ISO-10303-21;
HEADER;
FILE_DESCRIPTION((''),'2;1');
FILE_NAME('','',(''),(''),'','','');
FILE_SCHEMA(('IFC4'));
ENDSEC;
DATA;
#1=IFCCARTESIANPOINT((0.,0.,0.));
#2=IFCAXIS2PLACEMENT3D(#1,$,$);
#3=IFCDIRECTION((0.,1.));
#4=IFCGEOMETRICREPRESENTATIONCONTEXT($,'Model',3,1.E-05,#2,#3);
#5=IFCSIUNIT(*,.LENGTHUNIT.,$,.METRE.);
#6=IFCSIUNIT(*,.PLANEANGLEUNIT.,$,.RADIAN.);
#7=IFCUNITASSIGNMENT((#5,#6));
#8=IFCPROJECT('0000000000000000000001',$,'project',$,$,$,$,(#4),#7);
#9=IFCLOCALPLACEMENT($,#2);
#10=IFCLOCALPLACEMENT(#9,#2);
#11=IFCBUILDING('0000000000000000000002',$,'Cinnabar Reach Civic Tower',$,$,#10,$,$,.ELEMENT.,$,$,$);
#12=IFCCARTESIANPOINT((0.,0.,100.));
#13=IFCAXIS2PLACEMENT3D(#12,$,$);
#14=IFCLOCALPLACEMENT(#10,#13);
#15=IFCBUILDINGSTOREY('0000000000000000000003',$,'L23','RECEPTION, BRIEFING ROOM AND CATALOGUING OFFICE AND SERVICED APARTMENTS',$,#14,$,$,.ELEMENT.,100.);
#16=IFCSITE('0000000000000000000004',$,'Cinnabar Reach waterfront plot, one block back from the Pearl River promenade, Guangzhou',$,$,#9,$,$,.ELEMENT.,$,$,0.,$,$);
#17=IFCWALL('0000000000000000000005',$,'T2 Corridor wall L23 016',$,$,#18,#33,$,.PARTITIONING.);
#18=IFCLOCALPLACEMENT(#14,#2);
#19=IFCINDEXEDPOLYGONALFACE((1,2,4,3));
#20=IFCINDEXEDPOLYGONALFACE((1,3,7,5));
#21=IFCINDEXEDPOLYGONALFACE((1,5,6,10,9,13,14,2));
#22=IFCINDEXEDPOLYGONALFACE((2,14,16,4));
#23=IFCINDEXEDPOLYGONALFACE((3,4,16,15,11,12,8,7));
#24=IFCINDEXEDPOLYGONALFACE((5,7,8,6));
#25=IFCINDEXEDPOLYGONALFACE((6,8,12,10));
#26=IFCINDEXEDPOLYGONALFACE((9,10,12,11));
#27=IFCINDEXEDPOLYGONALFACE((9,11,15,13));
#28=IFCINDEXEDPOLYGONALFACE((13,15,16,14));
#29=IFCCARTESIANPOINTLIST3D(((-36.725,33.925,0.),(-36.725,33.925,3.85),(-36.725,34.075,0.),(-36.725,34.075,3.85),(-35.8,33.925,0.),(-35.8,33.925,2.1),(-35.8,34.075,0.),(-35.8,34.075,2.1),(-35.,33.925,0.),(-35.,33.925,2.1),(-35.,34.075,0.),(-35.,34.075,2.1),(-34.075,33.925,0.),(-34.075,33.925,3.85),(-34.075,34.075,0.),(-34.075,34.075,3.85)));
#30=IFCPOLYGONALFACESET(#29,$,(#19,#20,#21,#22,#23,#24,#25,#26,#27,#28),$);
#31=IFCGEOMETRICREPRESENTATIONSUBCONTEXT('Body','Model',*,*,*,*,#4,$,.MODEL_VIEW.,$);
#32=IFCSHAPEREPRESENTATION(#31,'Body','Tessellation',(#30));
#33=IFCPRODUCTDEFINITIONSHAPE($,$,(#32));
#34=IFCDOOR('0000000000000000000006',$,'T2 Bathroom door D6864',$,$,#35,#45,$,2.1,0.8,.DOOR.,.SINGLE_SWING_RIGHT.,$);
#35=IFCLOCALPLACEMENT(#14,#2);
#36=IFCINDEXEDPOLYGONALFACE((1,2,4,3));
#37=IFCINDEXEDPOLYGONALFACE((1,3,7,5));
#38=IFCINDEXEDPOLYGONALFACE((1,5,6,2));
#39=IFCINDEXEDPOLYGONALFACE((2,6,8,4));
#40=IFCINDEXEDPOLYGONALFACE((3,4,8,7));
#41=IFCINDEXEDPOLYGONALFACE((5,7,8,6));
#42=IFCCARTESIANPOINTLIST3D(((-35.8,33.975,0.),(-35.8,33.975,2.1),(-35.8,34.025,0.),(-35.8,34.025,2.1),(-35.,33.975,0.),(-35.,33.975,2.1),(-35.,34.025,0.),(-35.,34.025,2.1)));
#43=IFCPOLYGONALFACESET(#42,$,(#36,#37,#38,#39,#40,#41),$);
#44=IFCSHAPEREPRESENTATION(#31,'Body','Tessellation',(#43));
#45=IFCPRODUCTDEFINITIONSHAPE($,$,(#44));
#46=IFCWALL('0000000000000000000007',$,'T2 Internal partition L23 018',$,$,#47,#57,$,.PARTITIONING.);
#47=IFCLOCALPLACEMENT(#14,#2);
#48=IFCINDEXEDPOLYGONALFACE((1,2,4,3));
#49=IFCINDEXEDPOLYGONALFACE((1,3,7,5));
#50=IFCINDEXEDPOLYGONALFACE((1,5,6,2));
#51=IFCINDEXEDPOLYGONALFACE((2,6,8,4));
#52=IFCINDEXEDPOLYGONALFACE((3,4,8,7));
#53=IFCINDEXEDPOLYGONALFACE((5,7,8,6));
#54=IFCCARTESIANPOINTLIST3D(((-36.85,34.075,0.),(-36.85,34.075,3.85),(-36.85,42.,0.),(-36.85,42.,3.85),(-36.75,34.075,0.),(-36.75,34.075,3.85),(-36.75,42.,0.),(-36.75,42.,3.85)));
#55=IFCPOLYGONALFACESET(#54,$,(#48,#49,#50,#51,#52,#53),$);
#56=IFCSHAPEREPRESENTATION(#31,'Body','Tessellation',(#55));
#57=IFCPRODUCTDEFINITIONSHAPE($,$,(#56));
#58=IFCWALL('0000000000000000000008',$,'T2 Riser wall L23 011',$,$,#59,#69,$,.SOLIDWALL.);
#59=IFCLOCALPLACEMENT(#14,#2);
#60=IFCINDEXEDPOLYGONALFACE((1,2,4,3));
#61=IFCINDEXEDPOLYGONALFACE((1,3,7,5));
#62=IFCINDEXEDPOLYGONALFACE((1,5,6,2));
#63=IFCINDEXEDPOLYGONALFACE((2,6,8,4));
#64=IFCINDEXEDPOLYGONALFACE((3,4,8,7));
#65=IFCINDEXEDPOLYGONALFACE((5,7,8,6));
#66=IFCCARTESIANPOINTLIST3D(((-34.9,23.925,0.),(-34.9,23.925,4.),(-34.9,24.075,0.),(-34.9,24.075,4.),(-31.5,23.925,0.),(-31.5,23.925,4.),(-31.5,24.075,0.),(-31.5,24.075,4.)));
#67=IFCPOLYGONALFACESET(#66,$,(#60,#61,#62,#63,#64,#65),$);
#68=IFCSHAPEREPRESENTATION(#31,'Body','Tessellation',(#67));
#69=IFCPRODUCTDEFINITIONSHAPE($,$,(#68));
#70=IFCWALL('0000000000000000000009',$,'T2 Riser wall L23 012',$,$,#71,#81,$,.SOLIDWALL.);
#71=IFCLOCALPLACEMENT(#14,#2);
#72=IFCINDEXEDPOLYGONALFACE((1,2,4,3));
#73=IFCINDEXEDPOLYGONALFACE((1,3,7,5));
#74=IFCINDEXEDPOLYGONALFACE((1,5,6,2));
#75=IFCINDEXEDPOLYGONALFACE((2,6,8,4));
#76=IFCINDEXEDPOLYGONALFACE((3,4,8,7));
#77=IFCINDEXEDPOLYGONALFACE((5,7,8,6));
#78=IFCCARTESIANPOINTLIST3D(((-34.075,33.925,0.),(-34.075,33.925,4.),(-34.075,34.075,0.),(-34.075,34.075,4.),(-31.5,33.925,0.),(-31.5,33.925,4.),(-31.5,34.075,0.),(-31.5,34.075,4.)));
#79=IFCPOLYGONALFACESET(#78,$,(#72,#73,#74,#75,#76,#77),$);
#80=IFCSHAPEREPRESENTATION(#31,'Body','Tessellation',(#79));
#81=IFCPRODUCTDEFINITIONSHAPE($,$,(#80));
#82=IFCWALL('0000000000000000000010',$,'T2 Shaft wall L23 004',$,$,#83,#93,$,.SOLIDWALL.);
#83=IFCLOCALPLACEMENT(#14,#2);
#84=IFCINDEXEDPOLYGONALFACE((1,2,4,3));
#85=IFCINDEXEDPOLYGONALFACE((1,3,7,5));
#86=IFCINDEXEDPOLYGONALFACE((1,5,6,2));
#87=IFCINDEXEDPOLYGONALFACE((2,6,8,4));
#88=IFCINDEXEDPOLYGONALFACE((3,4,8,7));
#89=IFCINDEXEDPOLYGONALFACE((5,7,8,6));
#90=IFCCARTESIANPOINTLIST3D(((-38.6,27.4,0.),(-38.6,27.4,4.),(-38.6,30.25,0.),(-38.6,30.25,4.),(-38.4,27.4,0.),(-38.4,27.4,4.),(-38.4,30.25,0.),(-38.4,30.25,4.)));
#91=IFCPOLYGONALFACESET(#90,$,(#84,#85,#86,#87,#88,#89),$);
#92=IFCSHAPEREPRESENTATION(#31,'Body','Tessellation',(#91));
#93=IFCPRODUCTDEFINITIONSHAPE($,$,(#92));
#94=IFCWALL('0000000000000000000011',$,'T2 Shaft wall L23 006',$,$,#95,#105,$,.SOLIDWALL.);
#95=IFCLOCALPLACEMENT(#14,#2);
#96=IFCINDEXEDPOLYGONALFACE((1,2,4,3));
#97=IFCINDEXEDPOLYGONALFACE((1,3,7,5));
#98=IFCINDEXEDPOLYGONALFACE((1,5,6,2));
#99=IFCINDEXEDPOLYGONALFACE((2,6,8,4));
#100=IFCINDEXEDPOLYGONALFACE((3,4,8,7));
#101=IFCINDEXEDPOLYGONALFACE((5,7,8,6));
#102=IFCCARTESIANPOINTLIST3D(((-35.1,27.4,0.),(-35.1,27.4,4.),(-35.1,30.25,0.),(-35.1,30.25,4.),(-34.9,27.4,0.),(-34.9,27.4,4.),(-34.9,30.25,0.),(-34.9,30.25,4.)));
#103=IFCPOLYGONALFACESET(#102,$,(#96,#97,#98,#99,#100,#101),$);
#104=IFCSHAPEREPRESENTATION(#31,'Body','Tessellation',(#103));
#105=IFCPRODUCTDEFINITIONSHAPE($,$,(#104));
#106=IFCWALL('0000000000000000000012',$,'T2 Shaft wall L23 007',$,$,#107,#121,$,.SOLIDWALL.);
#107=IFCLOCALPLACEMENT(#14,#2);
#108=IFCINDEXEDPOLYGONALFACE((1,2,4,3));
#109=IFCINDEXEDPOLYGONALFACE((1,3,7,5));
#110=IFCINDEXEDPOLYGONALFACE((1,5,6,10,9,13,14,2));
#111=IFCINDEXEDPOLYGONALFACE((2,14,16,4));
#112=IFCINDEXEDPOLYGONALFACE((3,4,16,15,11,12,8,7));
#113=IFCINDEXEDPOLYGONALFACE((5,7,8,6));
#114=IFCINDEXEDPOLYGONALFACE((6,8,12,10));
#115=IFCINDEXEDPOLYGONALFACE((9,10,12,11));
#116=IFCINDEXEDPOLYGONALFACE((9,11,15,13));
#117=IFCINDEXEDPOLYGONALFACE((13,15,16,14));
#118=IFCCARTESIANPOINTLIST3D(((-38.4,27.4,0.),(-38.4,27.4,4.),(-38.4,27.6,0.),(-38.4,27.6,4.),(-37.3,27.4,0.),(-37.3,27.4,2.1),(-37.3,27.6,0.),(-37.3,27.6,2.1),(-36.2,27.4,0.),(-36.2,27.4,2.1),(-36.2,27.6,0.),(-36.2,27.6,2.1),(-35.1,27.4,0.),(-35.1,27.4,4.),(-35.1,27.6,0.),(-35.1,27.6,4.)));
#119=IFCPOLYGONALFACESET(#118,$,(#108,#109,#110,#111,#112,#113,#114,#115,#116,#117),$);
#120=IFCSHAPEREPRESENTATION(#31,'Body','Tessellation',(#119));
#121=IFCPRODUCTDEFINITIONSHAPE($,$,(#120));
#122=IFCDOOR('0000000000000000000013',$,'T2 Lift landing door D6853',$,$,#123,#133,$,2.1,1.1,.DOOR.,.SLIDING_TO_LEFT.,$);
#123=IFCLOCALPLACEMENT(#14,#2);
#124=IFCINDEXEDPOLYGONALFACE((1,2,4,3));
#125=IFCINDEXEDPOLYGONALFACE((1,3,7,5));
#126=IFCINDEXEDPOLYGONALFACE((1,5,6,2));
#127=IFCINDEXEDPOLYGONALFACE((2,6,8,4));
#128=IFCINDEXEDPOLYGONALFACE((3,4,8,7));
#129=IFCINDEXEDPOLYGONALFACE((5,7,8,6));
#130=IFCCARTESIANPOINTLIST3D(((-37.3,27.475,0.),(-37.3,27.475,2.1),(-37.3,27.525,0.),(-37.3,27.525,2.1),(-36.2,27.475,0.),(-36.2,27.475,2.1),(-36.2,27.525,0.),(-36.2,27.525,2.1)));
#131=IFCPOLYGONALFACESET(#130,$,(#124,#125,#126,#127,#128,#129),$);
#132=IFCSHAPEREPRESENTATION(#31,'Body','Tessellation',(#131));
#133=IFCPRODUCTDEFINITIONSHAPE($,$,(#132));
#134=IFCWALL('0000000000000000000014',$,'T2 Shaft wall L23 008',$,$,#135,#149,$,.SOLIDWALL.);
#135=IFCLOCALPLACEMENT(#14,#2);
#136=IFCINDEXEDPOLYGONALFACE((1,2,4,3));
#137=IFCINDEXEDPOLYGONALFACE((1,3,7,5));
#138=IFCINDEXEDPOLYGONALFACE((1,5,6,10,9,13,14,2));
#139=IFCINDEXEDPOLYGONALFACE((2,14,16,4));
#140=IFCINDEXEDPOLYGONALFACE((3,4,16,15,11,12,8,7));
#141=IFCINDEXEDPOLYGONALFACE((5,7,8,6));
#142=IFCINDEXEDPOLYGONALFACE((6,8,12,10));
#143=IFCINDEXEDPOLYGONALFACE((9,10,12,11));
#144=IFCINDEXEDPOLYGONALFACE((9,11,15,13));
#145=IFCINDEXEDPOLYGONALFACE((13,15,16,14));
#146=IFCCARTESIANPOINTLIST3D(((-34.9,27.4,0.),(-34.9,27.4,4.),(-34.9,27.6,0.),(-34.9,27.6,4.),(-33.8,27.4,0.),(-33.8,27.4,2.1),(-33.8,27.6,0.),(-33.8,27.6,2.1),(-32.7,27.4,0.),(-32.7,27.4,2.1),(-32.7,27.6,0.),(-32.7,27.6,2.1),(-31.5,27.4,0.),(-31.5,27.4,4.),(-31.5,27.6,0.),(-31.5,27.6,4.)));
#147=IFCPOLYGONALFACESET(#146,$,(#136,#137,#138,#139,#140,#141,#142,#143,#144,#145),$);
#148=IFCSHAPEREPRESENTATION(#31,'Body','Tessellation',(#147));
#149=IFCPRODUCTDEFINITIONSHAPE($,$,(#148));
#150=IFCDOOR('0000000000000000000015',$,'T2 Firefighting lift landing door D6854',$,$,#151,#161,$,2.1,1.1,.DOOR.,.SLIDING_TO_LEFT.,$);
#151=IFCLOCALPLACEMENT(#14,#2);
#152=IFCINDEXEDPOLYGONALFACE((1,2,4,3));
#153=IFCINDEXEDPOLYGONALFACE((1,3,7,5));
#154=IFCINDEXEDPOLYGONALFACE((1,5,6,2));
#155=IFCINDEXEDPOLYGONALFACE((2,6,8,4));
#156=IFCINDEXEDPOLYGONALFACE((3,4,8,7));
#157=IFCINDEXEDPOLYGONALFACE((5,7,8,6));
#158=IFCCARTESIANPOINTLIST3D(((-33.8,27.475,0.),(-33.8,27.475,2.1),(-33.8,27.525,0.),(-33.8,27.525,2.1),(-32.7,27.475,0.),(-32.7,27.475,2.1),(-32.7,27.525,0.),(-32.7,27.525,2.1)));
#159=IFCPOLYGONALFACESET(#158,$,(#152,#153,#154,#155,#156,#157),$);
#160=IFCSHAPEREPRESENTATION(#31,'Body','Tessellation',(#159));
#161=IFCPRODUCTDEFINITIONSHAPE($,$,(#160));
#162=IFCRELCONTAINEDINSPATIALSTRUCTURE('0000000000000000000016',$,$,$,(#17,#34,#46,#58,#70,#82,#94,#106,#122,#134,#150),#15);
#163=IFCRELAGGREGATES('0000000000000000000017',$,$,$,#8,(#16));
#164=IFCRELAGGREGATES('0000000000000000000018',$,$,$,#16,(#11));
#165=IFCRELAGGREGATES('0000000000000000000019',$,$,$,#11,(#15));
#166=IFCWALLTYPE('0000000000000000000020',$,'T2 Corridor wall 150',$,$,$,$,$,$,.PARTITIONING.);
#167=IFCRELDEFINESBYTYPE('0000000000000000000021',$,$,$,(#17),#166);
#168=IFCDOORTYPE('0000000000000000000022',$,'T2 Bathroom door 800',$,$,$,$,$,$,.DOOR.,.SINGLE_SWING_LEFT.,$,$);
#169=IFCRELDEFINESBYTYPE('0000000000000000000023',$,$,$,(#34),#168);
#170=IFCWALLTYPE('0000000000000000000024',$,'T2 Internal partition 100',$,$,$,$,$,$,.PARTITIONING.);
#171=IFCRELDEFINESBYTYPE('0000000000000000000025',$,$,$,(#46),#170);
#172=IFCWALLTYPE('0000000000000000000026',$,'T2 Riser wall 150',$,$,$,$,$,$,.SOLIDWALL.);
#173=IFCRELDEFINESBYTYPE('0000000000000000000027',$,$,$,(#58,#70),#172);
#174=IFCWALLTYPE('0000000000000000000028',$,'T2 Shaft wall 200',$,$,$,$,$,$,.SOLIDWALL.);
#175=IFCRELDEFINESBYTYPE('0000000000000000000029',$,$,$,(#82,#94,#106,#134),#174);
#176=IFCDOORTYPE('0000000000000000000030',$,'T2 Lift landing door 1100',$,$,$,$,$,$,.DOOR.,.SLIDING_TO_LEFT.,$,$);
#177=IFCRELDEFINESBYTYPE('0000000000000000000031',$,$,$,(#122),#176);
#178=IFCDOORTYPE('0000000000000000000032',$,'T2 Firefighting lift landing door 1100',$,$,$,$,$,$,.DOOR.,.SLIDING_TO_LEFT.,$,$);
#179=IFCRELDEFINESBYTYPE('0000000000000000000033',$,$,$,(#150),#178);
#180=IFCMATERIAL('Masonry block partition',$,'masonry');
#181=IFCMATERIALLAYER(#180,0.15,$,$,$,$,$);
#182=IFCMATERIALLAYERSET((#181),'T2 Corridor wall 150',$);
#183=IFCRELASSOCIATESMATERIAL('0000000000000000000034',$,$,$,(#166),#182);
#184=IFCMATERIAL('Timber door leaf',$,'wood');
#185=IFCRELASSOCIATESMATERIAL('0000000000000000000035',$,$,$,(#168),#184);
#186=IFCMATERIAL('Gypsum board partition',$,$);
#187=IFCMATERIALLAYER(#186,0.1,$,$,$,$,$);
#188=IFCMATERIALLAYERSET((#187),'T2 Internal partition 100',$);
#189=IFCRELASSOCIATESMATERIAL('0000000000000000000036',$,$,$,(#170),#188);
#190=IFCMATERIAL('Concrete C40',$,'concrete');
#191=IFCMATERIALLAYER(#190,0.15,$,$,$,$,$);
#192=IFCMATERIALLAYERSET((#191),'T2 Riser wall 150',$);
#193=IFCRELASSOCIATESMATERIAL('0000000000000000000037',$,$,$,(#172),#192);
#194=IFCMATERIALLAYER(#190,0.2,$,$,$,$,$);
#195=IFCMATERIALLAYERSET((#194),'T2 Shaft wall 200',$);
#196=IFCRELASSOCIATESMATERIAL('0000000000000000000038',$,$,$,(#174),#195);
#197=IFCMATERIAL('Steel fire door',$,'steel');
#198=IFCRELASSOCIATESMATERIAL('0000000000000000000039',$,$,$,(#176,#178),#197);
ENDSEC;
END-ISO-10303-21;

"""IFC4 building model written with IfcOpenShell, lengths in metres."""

from ifc_helpers import new_model, si_unit, direction, frame, frame_2d, origin, place, context, subcontext, project, spatial, rectangle, extrude, material, layer, layer_set, type_object, element, fill, save


model = new_model("IFC4")

# Units and contexts
model_context = context("Model", 3, precision=1e-05, world=origin(), true_north=direction((0.0, 1.0)))
body_context = subcontext(model_context, "Body", "Model", "MODEL_VIEW")
ifc_project = project(units=[si_unit("LENGTHUNIT", "METRE"), si_unit("PLANEANGLEUNIT", "RADIAN")], contexts=[model_context])

# Site, building, storey
site_placement = place(None, origin())
site = spatial("IfcSite", under=ifc_project, at=site_placement, Name="Cinnabar Reach waterfront plot, one block back from the Pearl River promenade, Guangzhou", CompositionType="ELEMENT", RefElevation=0.0)
building_placement = place(site_placement, origin())
building = spatial("IfcBuilding", under=site, at=building_placement, Name="Cinnabar Reach Civic Tower", CompositionType="ELEMENT")
storey_placement = place(building_placement, frame((0.0, 0.0, 100.0)))
storey = spatial("IfcBuildingStorey", under=building, at=storey_placement, Name="L23", Description="RECEPTION, BRIEFING ROOM AND CATALOGUING OFFICE AND SERVICED APARTMENTS", CompositionType="ELEMENT", Elevation=100.0)

# Wall, opening, door
ifc_material_1 = material(Name="Steel fire door", Category="steel")
ifc_material_2 = material(Name="Masonry block partition", Category="masonry")
ifc_layer_1 = layer(ifc_material_2, 0.15)
ifc_layer_set_1 = layer_set([ifc_layer_1], Name="T2 Corridor wall 150")
wall_type_1 = type_object("IfcWallType", Name="T2 Corridor wall 150", PredefinedType="PARTITIONING", material=ifc_layer_set_1)
ifc_material_3 = material(Name="Timber door leaf", Category="wood")
door_type_1 = type_object("IfcDoorType", Name="T2 Bathroom door 800", OperationType="SINGLE_SWING_LEFT", PredefinedType="DOOR", material=ifc_material_3)
wall_1_placement = place(storey_placement, frame((-34.075, 34.0, 0.0), z_axis=(0.0, 0.0, 1.0), x_axis=(-1.0, 0.0, 0.0)))
wall_1 = element("IfcWall", 1, at=wall_1_placement, inside=storey, type_object=wall_type_1, Name="T2 Corridor wall L23 016", PredefinedType="PARTITIONING", context=body_context, shape_type="SweptSolid", body=[
    extrude(rectangle(XDim=2.65, YDim=0.15, at=frame_2d((1.325, 0.0))), origin(), (0.0, 0.0, 1.0), 3.85),
])
opening_1_placement = place(wall_1_placement, frame((0.925, 0.0, 0.0)))
opening_1 = element("IfcOpeningElement", 2, at=opening_1_placement, cuts=wall_1, PredefinedType="OPENING", context=body_context, shape_type="SweptSolid", body=[
    extrude(rectangle(XDim=0.8, YDim=2.1, at=frame_2d((0.4, 1.05))), frame((0.0, 0.085, 0.0), z_axis=(0.0, -1.0, 0.0), x_axis=(1.0, 0.0, 0.0)), (0.0, 0.0, 1.0), 0.17),
])
door_1_placement = place(opening_1_placement, frame((0.8, 0.0, 0.0), z_axis=(0.0, 0.0, 1.0), x_axis=(-1.0, 0.0, 0.0)))
door_1 = element("IfcDoor", 3, at=door_1_placement, inside=storey, type_object=door_type_1, Name="T2 Bathroom door D6864", OperationType="SINGLE_SWING_RIGHT", OverallHeight=2.1, OverallWidth=0.8, PredefinedType="DOOR", context=body_context, shape_type="SweptSolid", body=[
    extrude(rectangle(XDim=0.8, YDim=2.1, at=frame_2d((0.4, 1.05))), frame((0.0, 0.025, 0.0), z_axis=(0.0, -1.0, 0.0), x_axis=(1.0, 0.0, 0.0)), (0.0, 0.0, 1.0), 0.05),
])
fill(opening_1, door_1)

# Walls
ifc_material_4 = material(Name="Gypsum board partition")
ifc_layer_2 = layer(ifc_material_4, 0.1)
ifc_layer_set_2 = layer_set([ifc_layer_2], Name="T2 Internal partition 100")
wall_type_2 = type_object("IfcWallType", Name="T2 Internal partition 100", PredefinedType="PARTITIONING", material=ifc_layer_set_2)
wall_2_placement = place(storey_placement, frame((-36.8, 34.075, 0.0), z_axis=(0.0, 0.0, 1.0), x_axis=(0.0, 1.0, 0.0)))
element("IfcWall", 4, at=wall_2_placement, inside=storey, type_object=wall_type_2, Name="T2 Internal partition L23 018", PredefinedType="PARTITIONING", context=body_context, shape_type="SweptSolid", body=[
    extrude(rectangle(XDim=7.925, YDim=0.1, at=frame_2d((3.9625, 0.0))), origin(), (0.0, 0.0, 1.0), 3.85),
])
ifc_material_5 = material(Name="Concrete C40", Category="concrete")
ifc_layer_3 = layer(ifc_material_5, 0.15)
ifc_layer_set_3 = layer_set([ifc_layer_3], Name="T2 Riser wall 150")
wall_type_3 = type_object("IfcWallType", Name="T2 Riser wall 150", PredefinedType="SOLIDWALL", material=ifc_layer_set_3)
wall_3_placement = place(storey_placement, frame((-31.5, 24.0, 0.0), z_axis=(0.0, 0.0, 1.0), x_axis=(-1.0, 0.0, 0.0)))
element("IfcWall", 5, at=wall_3_placement, inside=storey, type_object=wall_type_3, Name="T2 Riser wall L23 011", PredefinedType="SOLIDWALL", context=body_context, shape_type="SweptSolid", body=[
    extrude(rectangle(XDim=3.4, YDim=0.15, at=frame_2d((1.7, 0.0))), origin(), (0.0, 0.0, 1.0), 4.0),
])
wall_4_placement = place(storey_placement, frame((-34.075, 34.0, 0.0), z_axis=(0.0, 0.0, 1.0), x_axis=(1.0, 0.0, 0.0)))
element("IfcWall", 6, at=wall_4_placement, inside=storey, type_object=wall_type_3, Name="T2 Riser wall L23 012", PredefinedType="SOLIDWALL", context=body_context, shape_type="SweptSolid", body=[
    extrude(rectangle(XDim=2.575, YDim=0.15, at=frame_2d((1.2875, 0.0))), origin(), (0.0, 0.0, 1.0), 4.0),
])
ifc_layer_4 = layer(ifc_material_5, 0.2)
ifc_layer_set_4 = layer_set([ifc_layer_4], Name="T2 Shaft wall 200")
wall_type_4 = type_object("IfcWallType", Name="T2 Shaft wall 200", PredefinedType="SOLIDWALL", material=ifc_layer_set_4)
for number, where, z_axis, x_axis, name in (
    (7, (-38.5, 27.4, 0.0), (0.0, 0.0, 1.0), (0.0, 1.0, 0.0), "T2 Shaft wall L23 004"),
    (8, (-35.0, 27.4, 0.0), (0.0, 0.0, 1.0), (0.0, 1.0, 0.0), "T2 Shaft wall L23 006"),
):
    element("IfcWall", number, at=place(storey_placement, frame(where, z_axis=z_axis, x_axis=x_axis)), inside=storey, type_object=wall_type_4, Name=name, PredefinedType="SOLIDWALL", context=body_context, shape_type="SweptSolid", body=[
        extrude(rectangle(XDim=2.85, YDim=0.2, at=frame_2d((1.425, 0.0))), origin(), (0.0, 0.0, 1.0), 4.0),
    ])

# Walls, openings, doors
wall_5_placement = place(storey_placement, frame((-38.4, 27.5, 0.0), z_axis=(0.0, 0.0, 1.0), x_axis=(1.0, 0.0, 0.0)))
wall_5 = element("IfcWall", 9, at=wall_5_placement, inside=storey, type_object=wall_type_4, Name="T2 Shaft wall L23 007", PredefinedType="SOLIDWALL", context=body_context, shape_type="SweptSolid", body=[
    extrude(rectangle(XDim=3.3, YDim=0.2, at=frame_2d((1.65, 0.0))), origin(), (0.0, 0.0, 1.0), 4.0),
])
opening_2_placement = place(wall_5_placement, frame((1.1, 0.0, 0.0)))
opening_2 = element("IfcOpeningElement", 10, at=opening_2_placement, cuts=wall_5, PredefinedType="OPENING", context=body_context, shape_type="SweptSolid", body=[
    extrude(rectangle(XDim=1.1, YDim=2.1, at=frame_2d((0.55, 1.05))), frame((0.0, 0.11, 0.0), z_axis=(0.0, -1.0, 0.0), x_axis=(1.0, 0.0, 0.0)), (0.0, 0.0, 1.0), 0.22),
])
door_type_2 = type_object("IfcDoorType", Name="T2 Lift landing door 1100", OperationType="SLIDING_TO_LEFT", PredefinedType="DOOR", material=ifc_material_1)
door_2_placement = place(opening_2_placement, origin())
door_2 = element("IfcDoor", 11, at=door_2_placement, inside=storey, type_object=door_type_2, Name="T2 Lift landing door D6853", OperationType="SLIDING_TO_LEFT", OverallHeight=2.1, OverallWidth=1.1, PredefinedType="DOOR", context=body_context, shape_type="SweptSolid", body=[
    extrude(rectangle(XDim=1.1, YDim=2.1, at=frame_2d((0.55, 1.05))), frame((0.0, 0.025, 0.0), z_axis=(0.0, -1.0, 0.0), x_axis=(1.0, 0.0, 0.0)), (0.0, 0.0, 1.0), 0.05),
])
fill(opening_2, door_2)
wall_6_placement = place(storey_placement, frame((-34.9, 27.5, 0.0), z_axis=(0.0, 0.0, 1.0), x_axis=(1.0, 0.0, 0.0)))
wall_6 = element("IfcWall", 12, at=wall_6_placement, inside=storey, type_object=wall_type_4, Name="T2 Shaft wall L23 008", PredefinedType="SOLIDWALL", context=body_context, shape_type="SweptSolid", body=[
    extrude(rectangle(XDim=3.4, YDim=0.2, at=frame_2d((1.7, 0.0))), origin(), (0.0, 0.0, 1.0), 4.0),
])
opening_3_placement = place(wall_6_placement, frame((1.1, 0.0, 0.0)))
opening_3 = element("IfcOpeningElement", 13, at=opening_3_placement, cuts=wall_6, PredefinedType="OPENING", context=body_context, shape_type="SweptSolid", body=[
    extrude(rectangle(XDim=1.1, YDim=2.1, at=frame_2d((0.55, 1.05))), frame((0.0, 0.11, 0.0), z_axis=(0.0, -1.0, 0.0), x_axis=(1.0, 0.0, 0.0)), (0.0, 0.0, 1.0), 0.22),
])
door_type_3 = type_object("IfcDoorType", Name="T2 Firefighting lift landing door 1100", OperationType="SLIDING_TO_LEFT", PredefinedType="DOOR", material=ifc_material_1)
door_3_placement = place(opening_3_placement, origin())
door_3 = element("IfcDoor", 14, at=door_3_placement, inside=storey, type_object=door_type_3, Name="T2 Firefighting lift landing door D6854", OperationType="SLIDING_TO_LEFT", OverallHeight=2.1, OverallWidth=1.1, PredefinedType="DOOR", context=body_context, shape_type="SweptSolid", body=[
    extrude(rectangle(XDim=1.1, YDim=2.1, at=frame_2d((0.55, 1.05))), frame((0.0, 0.025, 0.0), z_axis=(0.0, -1.0, 0.0), x_axis=(1.0, 0.0, 0.0)), (0.0, 0.0, 1.0), 0.05),
])
fill(opening_3, door_3)

save(model, "model.ifc")
